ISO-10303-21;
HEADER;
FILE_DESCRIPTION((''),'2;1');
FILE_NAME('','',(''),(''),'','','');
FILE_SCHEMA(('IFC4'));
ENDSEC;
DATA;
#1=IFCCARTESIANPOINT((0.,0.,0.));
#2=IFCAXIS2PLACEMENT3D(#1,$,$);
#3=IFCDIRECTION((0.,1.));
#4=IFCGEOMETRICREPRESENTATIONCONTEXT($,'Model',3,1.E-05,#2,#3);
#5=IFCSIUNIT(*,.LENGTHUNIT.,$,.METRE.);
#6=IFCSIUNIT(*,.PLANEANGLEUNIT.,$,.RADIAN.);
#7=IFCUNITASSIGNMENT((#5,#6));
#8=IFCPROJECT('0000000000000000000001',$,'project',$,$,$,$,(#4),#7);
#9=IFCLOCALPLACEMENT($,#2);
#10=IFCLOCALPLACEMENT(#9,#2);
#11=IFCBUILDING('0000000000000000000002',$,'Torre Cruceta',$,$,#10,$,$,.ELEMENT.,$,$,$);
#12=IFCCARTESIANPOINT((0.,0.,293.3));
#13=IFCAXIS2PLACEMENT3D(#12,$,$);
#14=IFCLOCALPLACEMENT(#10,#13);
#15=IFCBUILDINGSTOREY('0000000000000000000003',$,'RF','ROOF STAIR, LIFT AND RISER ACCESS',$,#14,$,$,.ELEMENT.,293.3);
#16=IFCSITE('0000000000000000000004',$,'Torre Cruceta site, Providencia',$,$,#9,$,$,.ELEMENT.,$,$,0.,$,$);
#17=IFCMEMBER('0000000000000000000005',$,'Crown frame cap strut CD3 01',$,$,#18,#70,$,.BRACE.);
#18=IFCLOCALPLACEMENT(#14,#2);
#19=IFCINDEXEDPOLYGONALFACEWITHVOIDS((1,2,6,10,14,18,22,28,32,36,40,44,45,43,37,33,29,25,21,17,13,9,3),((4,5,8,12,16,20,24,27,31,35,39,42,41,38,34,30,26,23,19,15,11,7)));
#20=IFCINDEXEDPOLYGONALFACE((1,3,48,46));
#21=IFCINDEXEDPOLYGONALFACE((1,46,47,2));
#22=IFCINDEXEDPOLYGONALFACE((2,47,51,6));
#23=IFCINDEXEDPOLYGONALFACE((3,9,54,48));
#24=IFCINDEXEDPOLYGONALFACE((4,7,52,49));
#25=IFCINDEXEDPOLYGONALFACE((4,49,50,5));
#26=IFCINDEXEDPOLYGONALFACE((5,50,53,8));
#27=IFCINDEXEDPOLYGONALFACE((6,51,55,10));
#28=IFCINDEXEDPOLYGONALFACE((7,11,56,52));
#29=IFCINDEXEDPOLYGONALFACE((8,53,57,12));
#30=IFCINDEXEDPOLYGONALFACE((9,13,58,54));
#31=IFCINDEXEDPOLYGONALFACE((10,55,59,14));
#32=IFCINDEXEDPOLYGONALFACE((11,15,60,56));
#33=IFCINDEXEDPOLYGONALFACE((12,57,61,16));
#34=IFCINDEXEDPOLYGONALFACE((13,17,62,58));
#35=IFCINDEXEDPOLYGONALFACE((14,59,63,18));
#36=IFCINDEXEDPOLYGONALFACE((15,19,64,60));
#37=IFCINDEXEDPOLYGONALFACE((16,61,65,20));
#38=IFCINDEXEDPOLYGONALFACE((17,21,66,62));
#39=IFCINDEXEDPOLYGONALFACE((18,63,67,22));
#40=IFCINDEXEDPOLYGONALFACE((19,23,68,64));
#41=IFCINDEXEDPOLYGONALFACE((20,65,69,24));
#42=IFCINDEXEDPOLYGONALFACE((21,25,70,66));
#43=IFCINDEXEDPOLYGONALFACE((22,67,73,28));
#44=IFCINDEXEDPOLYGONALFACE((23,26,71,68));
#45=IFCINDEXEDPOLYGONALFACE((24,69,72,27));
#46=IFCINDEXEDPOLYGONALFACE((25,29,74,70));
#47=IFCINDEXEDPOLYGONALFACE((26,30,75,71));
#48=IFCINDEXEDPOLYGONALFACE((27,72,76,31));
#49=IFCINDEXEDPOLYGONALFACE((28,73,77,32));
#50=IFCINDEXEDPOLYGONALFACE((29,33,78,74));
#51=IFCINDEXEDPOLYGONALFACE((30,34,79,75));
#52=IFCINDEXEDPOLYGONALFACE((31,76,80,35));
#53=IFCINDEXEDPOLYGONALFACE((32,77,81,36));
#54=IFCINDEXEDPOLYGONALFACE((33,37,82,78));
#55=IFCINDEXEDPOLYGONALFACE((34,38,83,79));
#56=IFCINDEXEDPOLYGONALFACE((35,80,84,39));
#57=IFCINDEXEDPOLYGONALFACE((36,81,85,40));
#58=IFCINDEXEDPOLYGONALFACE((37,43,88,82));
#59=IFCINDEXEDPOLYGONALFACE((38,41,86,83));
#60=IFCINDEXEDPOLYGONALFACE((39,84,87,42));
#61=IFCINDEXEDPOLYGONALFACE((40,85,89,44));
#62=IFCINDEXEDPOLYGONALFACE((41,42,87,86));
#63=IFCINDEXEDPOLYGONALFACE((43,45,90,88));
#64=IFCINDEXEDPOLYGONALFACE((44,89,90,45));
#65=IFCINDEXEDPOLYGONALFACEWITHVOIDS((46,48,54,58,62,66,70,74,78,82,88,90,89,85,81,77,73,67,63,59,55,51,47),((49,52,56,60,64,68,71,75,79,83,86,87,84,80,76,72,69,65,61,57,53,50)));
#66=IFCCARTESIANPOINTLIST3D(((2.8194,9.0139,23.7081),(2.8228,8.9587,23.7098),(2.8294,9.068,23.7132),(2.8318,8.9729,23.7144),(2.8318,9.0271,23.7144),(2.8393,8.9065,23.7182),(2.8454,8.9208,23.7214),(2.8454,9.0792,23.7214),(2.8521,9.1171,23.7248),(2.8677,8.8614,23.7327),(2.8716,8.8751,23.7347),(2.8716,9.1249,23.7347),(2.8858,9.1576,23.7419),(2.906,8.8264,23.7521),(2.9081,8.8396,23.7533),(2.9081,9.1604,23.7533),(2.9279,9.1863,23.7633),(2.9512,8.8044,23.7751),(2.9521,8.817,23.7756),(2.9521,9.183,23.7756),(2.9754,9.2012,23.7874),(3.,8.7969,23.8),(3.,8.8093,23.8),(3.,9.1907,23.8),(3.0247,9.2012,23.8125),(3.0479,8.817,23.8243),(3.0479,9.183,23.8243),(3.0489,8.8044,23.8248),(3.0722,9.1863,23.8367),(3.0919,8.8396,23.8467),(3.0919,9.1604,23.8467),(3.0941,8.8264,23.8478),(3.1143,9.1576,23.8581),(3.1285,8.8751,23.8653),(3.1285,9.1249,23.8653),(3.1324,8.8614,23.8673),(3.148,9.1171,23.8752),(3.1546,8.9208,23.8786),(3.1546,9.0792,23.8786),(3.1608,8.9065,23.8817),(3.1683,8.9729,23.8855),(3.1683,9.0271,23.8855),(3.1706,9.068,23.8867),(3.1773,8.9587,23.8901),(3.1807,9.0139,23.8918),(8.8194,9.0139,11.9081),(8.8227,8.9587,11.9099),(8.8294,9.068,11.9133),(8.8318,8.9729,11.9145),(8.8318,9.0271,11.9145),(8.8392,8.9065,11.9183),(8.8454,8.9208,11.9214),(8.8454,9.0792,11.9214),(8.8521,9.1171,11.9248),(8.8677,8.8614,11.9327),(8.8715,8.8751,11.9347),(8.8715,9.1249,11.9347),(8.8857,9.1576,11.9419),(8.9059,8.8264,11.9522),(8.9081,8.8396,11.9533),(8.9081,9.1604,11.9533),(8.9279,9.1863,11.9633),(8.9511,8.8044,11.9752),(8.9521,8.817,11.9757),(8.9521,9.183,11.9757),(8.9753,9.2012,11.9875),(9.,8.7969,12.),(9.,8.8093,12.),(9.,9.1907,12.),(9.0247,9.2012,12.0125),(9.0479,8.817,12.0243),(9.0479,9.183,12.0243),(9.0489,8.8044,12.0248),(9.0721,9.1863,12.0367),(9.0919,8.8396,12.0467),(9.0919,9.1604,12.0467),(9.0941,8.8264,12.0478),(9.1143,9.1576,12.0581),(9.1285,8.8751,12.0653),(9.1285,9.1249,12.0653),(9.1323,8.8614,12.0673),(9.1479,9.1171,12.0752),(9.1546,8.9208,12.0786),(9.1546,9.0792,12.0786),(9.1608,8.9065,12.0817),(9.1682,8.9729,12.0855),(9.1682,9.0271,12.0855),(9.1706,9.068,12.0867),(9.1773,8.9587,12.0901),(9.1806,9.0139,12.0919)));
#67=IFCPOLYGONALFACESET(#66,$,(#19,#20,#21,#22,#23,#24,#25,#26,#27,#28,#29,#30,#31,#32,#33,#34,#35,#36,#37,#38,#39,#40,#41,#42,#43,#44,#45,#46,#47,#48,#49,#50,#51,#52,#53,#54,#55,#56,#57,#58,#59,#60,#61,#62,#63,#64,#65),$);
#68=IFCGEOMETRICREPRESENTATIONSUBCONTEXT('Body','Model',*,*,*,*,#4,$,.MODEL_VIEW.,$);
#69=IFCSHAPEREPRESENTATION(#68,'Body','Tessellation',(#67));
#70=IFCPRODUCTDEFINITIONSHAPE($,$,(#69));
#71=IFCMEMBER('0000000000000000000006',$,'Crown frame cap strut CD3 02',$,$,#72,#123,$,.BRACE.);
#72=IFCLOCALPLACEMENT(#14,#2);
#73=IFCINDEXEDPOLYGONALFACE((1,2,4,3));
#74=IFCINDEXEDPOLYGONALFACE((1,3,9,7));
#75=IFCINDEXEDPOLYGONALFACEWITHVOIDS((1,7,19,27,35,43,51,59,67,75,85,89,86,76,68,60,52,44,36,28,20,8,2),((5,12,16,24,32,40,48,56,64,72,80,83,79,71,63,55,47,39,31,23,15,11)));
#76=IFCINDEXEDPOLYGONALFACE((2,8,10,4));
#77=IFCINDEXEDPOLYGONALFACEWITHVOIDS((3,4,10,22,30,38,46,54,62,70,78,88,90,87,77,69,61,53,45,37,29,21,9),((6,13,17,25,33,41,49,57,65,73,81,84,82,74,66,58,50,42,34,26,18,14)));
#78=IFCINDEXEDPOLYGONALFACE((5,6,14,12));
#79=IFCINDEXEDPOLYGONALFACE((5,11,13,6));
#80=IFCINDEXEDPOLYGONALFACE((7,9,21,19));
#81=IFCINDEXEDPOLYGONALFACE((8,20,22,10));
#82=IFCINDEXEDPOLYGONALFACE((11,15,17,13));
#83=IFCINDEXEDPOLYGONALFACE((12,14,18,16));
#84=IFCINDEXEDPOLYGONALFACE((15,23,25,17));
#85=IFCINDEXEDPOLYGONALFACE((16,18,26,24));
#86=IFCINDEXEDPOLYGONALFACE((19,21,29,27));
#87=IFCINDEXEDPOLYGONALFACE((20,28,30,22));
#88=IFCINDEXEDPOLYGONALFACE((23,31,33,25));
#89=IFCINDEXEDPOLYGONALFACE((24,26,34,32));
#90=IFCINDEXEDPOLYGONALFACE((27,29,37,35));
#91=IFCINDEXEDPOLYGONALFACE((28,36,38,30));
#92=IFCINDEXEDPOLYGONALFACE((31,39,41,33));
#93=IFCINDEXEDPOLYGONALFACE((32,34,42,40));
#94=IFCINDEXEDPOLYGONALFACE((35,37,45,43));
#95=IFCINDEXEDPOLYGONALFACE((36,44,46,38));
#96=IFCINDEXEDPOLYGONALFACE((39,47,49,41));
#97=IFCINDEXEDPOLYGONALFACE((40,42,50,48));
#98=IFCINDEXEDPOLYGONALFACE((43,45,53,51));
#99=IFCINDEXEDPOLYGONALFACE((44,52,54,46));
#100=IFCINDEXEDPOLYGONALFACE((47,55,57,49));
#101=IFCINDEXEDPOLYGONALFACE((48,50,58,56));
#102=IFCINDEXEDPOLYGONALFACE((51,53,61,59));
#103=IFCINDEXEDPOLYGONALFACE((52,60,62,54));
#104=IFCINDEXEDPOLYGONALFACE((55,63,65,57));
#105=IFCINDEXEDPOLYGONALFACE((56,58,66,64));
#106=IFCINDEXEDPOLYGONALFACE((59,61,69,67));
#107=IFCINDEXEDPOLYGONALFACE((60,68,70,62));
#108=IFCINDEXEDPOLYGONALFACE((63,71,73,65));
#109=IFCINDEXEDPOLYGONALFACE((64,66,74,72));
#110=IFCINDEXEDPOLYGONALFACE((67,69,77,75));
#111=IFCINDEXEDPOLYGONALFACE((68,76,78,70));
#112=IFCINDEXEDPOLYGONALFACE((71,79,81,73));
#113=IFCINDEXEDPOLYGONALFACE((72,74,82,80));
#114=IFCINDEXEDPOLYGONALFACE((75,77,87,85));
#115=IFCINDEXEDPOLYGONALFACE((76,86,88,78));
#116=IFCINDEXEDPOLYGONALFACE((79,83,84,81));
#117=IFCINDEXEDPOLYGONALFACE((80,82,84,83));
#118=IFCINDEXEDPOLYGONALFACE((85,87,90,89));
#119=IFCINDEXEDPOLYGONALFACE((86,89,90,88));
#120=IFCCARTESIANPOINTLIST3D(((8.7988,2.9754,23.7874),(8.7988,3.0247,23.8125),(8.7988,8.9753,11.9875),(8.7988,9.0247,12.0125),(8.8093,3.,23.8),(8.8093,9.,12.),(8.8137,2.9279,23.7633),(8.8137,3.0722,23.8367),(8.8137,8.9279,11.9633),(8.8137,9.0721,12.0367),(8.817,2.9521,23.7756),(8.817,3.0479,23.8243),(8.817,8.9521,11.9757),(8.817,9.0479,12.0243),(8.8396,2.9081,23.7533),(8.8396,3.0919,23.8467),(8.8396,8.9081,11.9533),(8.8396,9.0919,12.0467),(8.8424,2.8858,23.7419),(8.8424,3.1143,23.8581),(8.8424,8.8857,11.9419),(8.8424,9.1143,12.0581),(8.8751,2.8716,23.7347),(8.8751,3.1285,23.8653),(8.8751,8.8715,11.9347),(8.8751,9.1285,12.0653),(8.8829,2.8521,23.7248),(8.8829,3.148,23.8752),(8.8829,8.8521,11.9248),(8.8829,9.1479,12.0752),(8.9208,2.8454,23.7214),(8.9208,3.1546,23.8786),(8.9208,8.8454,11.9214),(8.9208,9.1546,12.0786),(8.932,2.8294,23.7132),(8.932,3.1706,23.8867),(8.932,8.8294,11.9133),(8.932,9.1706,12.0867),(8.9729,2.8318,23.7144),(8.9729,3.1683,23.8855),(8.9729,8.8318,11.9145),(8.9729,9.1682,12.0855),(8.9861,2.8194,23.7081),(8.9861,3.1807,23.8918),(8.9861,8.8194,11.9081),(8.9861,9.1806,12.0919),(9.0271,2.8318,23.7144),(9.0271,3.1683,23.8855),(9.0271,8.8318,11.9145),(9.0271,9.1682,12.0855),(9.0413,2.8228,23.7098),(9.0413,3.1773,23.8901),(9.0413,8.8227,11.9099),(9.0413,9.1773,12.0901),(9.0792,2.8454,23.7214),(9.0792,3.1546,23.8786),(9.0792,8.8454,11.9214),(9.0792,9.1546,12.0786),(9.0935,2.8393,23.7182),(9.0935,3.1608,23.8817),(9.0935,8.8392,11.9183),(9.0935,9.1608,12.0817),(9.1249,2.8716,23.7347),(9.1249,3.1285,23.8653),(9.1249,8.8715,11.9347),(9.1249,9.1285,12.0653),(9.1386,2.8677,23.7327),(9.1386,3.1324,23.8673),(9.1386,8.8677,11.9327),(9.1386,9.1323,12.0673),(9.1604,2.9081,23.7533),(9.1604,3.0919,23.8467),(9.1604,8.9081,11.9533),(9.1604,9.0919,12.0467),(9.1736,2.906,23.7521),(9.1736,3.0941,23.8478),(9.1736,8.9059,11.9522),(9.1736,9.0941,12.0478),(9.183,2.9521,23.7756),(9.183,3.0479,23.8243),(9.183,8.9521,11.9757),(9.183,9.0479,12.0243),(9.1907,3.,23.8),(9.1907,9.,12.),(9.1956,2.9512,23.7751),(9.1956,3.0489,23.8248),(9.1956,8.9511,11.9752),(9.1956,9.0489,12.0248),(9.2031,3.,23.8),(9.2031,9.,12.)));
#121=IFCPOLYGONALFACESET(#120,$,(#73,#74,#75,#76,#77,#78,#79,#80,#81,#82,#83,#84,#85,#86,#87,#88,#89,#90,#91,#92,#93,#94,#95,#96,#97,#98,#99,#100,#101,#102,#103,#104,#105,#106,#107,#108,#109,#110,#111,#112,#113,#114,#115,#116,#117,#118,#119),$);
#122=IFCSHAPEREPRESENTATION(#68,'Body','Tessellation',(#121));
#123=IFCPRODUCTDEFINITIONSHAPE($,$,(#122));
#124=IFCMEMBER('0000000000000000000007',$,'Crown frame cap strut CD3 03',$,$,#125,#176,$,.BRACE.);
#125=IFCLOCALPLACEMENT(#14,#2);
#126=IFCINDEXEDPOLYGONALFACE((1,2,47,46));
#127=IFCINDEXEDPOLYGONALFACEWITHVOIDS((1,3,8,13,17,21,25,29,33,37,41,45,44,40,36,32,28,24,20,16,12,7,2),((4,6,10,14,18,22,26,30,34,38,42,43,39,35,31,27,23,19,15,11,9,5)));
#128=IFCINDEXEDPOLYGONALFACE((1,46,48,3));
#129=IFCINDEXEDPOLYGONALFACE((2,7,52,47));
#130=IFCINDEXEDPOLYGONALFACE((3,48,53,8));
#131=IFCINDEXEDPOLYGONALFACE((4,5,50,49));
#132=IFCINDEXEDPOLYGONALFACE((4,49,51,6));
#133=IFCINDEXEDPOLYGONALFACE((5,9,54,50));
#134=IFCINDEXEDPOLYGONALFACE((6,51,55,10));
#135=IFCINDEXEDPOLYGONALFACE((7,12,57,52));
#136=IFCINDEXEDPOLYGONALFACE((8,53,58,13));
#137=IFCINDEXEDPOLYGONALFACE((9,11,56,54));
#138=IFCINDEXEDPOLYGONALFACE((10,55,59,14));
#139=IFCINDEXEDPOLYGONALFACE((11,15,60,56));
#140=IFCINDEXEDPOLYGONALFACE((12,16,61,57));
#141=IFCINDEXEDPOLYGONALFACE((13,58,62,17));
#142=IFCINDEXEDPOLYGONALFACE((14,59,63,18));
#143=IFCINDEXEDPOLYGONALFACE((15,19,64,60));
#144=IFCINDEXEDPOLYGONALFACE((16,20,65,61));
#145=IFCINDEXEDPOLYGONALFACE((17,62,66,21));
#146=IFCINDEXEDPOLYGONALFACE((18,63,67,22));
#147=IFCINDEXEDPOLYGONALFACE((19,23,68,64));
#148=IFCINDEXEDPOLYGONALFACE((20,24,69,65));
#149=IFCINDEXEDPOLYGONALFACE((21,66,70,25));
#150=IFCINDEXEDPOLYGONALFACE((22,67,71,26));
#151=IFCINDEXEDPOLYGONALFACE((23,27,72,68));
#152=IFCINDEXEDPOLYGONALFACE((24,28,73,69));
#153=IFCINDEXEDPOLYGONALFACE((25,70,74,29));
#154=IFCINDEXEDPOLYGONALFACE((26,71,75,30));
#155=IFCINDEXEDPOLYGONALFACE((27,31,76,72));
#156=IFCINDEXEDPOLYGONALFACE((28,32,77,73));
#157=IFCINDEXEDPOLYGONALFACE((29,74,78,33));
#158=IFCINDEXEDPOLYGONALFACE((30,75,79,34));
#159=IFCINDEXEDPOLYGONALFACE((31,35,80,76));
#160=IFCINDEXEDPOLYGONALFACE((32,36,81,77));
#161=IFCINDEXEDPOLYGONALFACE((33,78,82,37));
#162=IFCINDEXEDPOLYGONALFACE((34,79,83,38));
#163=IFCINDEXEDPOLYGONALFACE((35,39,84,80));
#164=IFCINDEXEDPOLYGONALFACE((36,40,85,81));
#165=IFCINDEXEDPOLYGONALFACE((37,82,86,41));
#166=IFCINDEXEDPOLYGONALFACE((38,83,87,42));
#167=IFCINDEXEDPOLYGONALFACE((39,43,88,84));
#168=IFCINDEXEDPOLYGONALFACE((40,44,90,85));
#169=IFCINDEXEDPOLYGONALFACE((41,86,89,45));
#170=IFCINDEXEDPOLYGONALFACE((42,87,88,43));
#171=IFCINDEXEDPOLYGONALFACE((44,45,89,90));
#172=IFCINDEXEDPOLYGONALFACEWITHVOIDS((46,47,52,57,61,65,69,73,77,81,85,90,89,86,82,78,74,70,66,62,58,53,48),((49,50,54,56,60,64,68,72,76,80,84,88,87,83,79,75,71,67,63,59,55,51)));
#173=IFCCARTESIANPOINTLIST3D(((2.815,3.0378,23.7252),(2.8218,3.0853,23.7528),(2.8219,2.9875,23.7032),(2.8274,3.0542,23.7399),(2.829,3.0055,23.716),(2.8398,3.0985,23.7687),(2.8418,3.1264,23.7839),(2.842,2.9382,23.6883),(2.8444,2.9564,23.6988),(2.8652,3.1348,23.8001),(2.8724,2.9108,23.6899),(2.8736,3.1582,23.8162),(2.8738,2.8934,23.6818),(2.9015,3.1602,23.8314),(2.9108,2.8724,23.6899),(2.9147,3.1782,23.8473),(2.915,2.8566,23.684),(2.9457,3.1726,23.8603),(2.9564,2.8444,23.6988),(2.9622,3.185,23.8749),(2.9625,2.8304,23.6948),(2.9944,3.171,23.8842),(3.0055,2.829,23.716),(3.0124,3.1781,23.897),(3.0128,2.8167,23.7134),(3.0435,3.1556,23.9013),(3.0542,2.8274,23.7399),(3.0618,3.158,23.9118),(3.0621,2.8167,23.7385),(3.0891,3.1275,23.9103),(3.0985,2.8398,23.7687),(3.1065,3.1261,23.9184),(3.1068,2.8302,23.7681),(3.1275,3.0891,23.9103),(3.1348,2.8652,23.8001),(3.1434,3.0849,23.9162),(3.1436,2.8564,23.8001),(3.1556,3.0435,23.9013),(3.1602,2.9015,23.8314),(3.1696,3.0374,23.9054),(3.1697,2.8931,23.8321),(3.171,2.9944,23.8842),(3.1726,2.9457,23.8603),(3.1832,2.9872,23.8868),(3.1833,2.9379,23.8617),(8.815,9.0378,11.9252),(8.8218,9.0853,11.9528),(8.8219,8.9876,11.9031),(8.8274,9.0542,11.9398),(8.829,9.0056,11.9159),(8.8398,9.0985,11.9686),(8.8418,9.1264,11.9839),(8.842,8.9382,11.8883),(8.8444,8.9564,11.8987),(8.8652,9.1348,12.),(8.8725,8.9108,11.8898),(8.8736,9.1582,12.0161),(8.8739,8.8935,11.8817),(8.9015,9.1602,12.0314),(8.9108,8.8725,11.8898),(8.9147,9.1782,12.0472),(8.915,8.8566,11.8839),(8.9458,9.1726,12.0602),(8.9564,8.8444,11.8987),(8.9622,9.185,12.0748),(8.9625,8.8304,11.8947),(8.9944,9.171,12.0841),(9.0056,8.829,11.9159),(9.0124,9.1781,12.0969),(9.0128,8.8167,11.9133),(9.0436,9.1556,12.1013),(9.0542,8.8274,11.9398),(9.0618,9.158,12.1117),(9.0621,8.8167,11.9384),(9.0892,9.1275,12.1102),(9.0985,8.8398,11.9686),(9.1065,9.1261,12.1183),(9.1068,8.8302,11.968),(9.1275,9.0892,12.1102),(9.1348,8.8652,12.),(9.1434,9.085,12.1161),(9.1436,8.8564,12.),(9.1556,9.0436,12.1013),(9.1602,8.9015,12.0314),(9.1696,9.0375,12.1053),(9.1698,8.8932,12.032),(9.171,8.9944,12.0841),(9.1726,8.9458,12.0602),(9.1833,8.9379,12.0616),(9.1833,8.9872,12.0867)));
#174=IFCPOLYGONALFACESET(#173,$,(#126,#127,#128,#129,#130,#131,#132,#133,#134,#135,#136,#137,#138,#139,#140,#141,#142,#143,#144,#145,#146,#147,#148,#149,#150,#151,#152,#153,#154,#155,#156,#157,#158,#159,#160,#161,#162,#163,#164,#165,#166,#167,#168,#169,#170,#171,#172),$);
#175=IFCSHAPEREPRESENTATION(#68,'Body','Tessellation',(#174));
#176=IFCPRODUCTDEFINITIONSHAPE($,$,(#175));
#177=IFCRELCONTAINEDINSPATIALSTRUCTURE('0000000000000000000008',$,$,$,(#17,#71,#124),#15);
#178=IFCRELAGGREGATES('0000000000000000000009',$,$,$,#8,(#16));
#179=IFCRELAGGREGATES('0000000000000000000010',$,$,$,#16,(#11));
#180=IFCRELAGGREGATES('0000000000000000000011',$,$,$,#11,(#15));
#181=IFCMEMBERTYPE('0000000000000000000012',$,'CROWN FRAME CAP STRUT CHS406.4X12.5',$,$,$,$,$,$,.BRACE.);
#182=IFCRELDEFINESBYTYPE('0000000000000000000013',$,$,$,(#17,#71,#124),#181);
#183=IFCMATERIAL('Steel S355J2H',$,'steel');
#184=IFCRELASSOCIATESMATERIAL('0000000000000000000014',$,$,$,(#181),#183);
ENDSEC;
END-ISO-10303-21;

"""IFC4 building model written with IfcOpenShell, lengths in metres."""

from ifc_helpers import new_model, si_unit, direction, frame, origin, origin_2d, place, context, subcontext, project, spatial, hollow_circle, extrude, material, material_profile, profile_set, type_object, element, save


model = new_model("IFC4")

# Units and contexts
model_context = context("Model", 3, precision=1e-05, world=origin(), true_north=direction((0.0, 1.0)))
body_context = subcontext(model_context, "Body", "Model", "MODEL_VIEW")
ifc_project = project(units=[si_unit("LENGTHUNIT", "METRE"), si_unit("PLANEANGLEUNIT", "RADIAN")], contexts=[model_context])

# Site, building, storey
site_placement = place(None, origin())
site = spatial("IfcSite", under=ifc_project, at=site_placement, Name="Torre Cruceta site, Providencia", CompositionType="ELEMENT", RefElevation=0.0)
building_placement = place(site_placement, origin())
building = spatial("IfcBuilding", under=site, at=building_placement, Name="Torre Cruceta", CompositionType="ELEMENT")
storey_placement = place(building_placement, frame((0.0, 0.0, 293.3)))
storey = spatial("IfcBuildingStorey", under=building, at=storey_placement, Name="RF", Description="ROOF STAIR, LIFT AND RISER ACCESS", CompositionType="ELEMENT", Elevation=293.3)

# Members
ifc_material_1 = material(Name="Steel S355J2H", Category="steel")
ifc_material_profile_1 = material_profile(ifc_material_1, hollow_circle(Radius=0.2031, WallThickness=0.0125, at=origin_2d()), Name="CHS406.4X12.5")
ifc_profile_set_1 = profile_set([ifc_material_profile_1], Name="Steel S355J2H")
member_type_1 = type_object("IfcMemberType", Name="CROWN FRAME CAP STRUT CHS406.4X12.5", PredefinedType="BRACE", material=ifc_profile_set_1)
for number, where, z_axis, x_axis, name in (
    (1, (9.0, 9.0, 12.0), (-0.453245, 0.0, 0.891386), (0.0, -1.0, 0.0), "Crown frame cap strut CD3 01"),
    (2, (9.0, 9.0, 12.0), (0.0, -0.453245, 0.891386), (1.0, 0.0, 0.0), "Crown frame cap strut CD3 02"),
):
    element("IfcMember", number, at=place(storey_placement, frame(where, z_axis=z_axis, x_axis=x_axis)), inside=storey, type_object=member_type_1, Name=name, PredefinedType="BRACE", context=body_context, shape_type="SweptSolid", body=[
        extrude(hollow_circle(Radius=0.2031, WallThickness=0.0125, at=origin_2d()), origin(), (0.0, 0.0, 1.0), 13.2378),
    ])
member_1_placement = place(storey_placement, frame((9.0, 9.0, 12.0), z_axis=(-0.412821, -0.412821, 0.811885), x_axis=(0.707107, -0.707107, 0.0)))
element("IfcMember", 3, at=member_1_placement, inside=storey, type_object=member_type_1, Name="Crown frame cap strut CD3 03", PredefinedType="BRACE", context=body_context, shape_type="SweptSolid", body=[
    extrude(hollow_circle(Radius=0.2031, WallThickness=0.0125, at=origin_2d()), origin(), (0.0, 0.0, 1.0), 14.5342),
])

save(model, "model.ifc")
